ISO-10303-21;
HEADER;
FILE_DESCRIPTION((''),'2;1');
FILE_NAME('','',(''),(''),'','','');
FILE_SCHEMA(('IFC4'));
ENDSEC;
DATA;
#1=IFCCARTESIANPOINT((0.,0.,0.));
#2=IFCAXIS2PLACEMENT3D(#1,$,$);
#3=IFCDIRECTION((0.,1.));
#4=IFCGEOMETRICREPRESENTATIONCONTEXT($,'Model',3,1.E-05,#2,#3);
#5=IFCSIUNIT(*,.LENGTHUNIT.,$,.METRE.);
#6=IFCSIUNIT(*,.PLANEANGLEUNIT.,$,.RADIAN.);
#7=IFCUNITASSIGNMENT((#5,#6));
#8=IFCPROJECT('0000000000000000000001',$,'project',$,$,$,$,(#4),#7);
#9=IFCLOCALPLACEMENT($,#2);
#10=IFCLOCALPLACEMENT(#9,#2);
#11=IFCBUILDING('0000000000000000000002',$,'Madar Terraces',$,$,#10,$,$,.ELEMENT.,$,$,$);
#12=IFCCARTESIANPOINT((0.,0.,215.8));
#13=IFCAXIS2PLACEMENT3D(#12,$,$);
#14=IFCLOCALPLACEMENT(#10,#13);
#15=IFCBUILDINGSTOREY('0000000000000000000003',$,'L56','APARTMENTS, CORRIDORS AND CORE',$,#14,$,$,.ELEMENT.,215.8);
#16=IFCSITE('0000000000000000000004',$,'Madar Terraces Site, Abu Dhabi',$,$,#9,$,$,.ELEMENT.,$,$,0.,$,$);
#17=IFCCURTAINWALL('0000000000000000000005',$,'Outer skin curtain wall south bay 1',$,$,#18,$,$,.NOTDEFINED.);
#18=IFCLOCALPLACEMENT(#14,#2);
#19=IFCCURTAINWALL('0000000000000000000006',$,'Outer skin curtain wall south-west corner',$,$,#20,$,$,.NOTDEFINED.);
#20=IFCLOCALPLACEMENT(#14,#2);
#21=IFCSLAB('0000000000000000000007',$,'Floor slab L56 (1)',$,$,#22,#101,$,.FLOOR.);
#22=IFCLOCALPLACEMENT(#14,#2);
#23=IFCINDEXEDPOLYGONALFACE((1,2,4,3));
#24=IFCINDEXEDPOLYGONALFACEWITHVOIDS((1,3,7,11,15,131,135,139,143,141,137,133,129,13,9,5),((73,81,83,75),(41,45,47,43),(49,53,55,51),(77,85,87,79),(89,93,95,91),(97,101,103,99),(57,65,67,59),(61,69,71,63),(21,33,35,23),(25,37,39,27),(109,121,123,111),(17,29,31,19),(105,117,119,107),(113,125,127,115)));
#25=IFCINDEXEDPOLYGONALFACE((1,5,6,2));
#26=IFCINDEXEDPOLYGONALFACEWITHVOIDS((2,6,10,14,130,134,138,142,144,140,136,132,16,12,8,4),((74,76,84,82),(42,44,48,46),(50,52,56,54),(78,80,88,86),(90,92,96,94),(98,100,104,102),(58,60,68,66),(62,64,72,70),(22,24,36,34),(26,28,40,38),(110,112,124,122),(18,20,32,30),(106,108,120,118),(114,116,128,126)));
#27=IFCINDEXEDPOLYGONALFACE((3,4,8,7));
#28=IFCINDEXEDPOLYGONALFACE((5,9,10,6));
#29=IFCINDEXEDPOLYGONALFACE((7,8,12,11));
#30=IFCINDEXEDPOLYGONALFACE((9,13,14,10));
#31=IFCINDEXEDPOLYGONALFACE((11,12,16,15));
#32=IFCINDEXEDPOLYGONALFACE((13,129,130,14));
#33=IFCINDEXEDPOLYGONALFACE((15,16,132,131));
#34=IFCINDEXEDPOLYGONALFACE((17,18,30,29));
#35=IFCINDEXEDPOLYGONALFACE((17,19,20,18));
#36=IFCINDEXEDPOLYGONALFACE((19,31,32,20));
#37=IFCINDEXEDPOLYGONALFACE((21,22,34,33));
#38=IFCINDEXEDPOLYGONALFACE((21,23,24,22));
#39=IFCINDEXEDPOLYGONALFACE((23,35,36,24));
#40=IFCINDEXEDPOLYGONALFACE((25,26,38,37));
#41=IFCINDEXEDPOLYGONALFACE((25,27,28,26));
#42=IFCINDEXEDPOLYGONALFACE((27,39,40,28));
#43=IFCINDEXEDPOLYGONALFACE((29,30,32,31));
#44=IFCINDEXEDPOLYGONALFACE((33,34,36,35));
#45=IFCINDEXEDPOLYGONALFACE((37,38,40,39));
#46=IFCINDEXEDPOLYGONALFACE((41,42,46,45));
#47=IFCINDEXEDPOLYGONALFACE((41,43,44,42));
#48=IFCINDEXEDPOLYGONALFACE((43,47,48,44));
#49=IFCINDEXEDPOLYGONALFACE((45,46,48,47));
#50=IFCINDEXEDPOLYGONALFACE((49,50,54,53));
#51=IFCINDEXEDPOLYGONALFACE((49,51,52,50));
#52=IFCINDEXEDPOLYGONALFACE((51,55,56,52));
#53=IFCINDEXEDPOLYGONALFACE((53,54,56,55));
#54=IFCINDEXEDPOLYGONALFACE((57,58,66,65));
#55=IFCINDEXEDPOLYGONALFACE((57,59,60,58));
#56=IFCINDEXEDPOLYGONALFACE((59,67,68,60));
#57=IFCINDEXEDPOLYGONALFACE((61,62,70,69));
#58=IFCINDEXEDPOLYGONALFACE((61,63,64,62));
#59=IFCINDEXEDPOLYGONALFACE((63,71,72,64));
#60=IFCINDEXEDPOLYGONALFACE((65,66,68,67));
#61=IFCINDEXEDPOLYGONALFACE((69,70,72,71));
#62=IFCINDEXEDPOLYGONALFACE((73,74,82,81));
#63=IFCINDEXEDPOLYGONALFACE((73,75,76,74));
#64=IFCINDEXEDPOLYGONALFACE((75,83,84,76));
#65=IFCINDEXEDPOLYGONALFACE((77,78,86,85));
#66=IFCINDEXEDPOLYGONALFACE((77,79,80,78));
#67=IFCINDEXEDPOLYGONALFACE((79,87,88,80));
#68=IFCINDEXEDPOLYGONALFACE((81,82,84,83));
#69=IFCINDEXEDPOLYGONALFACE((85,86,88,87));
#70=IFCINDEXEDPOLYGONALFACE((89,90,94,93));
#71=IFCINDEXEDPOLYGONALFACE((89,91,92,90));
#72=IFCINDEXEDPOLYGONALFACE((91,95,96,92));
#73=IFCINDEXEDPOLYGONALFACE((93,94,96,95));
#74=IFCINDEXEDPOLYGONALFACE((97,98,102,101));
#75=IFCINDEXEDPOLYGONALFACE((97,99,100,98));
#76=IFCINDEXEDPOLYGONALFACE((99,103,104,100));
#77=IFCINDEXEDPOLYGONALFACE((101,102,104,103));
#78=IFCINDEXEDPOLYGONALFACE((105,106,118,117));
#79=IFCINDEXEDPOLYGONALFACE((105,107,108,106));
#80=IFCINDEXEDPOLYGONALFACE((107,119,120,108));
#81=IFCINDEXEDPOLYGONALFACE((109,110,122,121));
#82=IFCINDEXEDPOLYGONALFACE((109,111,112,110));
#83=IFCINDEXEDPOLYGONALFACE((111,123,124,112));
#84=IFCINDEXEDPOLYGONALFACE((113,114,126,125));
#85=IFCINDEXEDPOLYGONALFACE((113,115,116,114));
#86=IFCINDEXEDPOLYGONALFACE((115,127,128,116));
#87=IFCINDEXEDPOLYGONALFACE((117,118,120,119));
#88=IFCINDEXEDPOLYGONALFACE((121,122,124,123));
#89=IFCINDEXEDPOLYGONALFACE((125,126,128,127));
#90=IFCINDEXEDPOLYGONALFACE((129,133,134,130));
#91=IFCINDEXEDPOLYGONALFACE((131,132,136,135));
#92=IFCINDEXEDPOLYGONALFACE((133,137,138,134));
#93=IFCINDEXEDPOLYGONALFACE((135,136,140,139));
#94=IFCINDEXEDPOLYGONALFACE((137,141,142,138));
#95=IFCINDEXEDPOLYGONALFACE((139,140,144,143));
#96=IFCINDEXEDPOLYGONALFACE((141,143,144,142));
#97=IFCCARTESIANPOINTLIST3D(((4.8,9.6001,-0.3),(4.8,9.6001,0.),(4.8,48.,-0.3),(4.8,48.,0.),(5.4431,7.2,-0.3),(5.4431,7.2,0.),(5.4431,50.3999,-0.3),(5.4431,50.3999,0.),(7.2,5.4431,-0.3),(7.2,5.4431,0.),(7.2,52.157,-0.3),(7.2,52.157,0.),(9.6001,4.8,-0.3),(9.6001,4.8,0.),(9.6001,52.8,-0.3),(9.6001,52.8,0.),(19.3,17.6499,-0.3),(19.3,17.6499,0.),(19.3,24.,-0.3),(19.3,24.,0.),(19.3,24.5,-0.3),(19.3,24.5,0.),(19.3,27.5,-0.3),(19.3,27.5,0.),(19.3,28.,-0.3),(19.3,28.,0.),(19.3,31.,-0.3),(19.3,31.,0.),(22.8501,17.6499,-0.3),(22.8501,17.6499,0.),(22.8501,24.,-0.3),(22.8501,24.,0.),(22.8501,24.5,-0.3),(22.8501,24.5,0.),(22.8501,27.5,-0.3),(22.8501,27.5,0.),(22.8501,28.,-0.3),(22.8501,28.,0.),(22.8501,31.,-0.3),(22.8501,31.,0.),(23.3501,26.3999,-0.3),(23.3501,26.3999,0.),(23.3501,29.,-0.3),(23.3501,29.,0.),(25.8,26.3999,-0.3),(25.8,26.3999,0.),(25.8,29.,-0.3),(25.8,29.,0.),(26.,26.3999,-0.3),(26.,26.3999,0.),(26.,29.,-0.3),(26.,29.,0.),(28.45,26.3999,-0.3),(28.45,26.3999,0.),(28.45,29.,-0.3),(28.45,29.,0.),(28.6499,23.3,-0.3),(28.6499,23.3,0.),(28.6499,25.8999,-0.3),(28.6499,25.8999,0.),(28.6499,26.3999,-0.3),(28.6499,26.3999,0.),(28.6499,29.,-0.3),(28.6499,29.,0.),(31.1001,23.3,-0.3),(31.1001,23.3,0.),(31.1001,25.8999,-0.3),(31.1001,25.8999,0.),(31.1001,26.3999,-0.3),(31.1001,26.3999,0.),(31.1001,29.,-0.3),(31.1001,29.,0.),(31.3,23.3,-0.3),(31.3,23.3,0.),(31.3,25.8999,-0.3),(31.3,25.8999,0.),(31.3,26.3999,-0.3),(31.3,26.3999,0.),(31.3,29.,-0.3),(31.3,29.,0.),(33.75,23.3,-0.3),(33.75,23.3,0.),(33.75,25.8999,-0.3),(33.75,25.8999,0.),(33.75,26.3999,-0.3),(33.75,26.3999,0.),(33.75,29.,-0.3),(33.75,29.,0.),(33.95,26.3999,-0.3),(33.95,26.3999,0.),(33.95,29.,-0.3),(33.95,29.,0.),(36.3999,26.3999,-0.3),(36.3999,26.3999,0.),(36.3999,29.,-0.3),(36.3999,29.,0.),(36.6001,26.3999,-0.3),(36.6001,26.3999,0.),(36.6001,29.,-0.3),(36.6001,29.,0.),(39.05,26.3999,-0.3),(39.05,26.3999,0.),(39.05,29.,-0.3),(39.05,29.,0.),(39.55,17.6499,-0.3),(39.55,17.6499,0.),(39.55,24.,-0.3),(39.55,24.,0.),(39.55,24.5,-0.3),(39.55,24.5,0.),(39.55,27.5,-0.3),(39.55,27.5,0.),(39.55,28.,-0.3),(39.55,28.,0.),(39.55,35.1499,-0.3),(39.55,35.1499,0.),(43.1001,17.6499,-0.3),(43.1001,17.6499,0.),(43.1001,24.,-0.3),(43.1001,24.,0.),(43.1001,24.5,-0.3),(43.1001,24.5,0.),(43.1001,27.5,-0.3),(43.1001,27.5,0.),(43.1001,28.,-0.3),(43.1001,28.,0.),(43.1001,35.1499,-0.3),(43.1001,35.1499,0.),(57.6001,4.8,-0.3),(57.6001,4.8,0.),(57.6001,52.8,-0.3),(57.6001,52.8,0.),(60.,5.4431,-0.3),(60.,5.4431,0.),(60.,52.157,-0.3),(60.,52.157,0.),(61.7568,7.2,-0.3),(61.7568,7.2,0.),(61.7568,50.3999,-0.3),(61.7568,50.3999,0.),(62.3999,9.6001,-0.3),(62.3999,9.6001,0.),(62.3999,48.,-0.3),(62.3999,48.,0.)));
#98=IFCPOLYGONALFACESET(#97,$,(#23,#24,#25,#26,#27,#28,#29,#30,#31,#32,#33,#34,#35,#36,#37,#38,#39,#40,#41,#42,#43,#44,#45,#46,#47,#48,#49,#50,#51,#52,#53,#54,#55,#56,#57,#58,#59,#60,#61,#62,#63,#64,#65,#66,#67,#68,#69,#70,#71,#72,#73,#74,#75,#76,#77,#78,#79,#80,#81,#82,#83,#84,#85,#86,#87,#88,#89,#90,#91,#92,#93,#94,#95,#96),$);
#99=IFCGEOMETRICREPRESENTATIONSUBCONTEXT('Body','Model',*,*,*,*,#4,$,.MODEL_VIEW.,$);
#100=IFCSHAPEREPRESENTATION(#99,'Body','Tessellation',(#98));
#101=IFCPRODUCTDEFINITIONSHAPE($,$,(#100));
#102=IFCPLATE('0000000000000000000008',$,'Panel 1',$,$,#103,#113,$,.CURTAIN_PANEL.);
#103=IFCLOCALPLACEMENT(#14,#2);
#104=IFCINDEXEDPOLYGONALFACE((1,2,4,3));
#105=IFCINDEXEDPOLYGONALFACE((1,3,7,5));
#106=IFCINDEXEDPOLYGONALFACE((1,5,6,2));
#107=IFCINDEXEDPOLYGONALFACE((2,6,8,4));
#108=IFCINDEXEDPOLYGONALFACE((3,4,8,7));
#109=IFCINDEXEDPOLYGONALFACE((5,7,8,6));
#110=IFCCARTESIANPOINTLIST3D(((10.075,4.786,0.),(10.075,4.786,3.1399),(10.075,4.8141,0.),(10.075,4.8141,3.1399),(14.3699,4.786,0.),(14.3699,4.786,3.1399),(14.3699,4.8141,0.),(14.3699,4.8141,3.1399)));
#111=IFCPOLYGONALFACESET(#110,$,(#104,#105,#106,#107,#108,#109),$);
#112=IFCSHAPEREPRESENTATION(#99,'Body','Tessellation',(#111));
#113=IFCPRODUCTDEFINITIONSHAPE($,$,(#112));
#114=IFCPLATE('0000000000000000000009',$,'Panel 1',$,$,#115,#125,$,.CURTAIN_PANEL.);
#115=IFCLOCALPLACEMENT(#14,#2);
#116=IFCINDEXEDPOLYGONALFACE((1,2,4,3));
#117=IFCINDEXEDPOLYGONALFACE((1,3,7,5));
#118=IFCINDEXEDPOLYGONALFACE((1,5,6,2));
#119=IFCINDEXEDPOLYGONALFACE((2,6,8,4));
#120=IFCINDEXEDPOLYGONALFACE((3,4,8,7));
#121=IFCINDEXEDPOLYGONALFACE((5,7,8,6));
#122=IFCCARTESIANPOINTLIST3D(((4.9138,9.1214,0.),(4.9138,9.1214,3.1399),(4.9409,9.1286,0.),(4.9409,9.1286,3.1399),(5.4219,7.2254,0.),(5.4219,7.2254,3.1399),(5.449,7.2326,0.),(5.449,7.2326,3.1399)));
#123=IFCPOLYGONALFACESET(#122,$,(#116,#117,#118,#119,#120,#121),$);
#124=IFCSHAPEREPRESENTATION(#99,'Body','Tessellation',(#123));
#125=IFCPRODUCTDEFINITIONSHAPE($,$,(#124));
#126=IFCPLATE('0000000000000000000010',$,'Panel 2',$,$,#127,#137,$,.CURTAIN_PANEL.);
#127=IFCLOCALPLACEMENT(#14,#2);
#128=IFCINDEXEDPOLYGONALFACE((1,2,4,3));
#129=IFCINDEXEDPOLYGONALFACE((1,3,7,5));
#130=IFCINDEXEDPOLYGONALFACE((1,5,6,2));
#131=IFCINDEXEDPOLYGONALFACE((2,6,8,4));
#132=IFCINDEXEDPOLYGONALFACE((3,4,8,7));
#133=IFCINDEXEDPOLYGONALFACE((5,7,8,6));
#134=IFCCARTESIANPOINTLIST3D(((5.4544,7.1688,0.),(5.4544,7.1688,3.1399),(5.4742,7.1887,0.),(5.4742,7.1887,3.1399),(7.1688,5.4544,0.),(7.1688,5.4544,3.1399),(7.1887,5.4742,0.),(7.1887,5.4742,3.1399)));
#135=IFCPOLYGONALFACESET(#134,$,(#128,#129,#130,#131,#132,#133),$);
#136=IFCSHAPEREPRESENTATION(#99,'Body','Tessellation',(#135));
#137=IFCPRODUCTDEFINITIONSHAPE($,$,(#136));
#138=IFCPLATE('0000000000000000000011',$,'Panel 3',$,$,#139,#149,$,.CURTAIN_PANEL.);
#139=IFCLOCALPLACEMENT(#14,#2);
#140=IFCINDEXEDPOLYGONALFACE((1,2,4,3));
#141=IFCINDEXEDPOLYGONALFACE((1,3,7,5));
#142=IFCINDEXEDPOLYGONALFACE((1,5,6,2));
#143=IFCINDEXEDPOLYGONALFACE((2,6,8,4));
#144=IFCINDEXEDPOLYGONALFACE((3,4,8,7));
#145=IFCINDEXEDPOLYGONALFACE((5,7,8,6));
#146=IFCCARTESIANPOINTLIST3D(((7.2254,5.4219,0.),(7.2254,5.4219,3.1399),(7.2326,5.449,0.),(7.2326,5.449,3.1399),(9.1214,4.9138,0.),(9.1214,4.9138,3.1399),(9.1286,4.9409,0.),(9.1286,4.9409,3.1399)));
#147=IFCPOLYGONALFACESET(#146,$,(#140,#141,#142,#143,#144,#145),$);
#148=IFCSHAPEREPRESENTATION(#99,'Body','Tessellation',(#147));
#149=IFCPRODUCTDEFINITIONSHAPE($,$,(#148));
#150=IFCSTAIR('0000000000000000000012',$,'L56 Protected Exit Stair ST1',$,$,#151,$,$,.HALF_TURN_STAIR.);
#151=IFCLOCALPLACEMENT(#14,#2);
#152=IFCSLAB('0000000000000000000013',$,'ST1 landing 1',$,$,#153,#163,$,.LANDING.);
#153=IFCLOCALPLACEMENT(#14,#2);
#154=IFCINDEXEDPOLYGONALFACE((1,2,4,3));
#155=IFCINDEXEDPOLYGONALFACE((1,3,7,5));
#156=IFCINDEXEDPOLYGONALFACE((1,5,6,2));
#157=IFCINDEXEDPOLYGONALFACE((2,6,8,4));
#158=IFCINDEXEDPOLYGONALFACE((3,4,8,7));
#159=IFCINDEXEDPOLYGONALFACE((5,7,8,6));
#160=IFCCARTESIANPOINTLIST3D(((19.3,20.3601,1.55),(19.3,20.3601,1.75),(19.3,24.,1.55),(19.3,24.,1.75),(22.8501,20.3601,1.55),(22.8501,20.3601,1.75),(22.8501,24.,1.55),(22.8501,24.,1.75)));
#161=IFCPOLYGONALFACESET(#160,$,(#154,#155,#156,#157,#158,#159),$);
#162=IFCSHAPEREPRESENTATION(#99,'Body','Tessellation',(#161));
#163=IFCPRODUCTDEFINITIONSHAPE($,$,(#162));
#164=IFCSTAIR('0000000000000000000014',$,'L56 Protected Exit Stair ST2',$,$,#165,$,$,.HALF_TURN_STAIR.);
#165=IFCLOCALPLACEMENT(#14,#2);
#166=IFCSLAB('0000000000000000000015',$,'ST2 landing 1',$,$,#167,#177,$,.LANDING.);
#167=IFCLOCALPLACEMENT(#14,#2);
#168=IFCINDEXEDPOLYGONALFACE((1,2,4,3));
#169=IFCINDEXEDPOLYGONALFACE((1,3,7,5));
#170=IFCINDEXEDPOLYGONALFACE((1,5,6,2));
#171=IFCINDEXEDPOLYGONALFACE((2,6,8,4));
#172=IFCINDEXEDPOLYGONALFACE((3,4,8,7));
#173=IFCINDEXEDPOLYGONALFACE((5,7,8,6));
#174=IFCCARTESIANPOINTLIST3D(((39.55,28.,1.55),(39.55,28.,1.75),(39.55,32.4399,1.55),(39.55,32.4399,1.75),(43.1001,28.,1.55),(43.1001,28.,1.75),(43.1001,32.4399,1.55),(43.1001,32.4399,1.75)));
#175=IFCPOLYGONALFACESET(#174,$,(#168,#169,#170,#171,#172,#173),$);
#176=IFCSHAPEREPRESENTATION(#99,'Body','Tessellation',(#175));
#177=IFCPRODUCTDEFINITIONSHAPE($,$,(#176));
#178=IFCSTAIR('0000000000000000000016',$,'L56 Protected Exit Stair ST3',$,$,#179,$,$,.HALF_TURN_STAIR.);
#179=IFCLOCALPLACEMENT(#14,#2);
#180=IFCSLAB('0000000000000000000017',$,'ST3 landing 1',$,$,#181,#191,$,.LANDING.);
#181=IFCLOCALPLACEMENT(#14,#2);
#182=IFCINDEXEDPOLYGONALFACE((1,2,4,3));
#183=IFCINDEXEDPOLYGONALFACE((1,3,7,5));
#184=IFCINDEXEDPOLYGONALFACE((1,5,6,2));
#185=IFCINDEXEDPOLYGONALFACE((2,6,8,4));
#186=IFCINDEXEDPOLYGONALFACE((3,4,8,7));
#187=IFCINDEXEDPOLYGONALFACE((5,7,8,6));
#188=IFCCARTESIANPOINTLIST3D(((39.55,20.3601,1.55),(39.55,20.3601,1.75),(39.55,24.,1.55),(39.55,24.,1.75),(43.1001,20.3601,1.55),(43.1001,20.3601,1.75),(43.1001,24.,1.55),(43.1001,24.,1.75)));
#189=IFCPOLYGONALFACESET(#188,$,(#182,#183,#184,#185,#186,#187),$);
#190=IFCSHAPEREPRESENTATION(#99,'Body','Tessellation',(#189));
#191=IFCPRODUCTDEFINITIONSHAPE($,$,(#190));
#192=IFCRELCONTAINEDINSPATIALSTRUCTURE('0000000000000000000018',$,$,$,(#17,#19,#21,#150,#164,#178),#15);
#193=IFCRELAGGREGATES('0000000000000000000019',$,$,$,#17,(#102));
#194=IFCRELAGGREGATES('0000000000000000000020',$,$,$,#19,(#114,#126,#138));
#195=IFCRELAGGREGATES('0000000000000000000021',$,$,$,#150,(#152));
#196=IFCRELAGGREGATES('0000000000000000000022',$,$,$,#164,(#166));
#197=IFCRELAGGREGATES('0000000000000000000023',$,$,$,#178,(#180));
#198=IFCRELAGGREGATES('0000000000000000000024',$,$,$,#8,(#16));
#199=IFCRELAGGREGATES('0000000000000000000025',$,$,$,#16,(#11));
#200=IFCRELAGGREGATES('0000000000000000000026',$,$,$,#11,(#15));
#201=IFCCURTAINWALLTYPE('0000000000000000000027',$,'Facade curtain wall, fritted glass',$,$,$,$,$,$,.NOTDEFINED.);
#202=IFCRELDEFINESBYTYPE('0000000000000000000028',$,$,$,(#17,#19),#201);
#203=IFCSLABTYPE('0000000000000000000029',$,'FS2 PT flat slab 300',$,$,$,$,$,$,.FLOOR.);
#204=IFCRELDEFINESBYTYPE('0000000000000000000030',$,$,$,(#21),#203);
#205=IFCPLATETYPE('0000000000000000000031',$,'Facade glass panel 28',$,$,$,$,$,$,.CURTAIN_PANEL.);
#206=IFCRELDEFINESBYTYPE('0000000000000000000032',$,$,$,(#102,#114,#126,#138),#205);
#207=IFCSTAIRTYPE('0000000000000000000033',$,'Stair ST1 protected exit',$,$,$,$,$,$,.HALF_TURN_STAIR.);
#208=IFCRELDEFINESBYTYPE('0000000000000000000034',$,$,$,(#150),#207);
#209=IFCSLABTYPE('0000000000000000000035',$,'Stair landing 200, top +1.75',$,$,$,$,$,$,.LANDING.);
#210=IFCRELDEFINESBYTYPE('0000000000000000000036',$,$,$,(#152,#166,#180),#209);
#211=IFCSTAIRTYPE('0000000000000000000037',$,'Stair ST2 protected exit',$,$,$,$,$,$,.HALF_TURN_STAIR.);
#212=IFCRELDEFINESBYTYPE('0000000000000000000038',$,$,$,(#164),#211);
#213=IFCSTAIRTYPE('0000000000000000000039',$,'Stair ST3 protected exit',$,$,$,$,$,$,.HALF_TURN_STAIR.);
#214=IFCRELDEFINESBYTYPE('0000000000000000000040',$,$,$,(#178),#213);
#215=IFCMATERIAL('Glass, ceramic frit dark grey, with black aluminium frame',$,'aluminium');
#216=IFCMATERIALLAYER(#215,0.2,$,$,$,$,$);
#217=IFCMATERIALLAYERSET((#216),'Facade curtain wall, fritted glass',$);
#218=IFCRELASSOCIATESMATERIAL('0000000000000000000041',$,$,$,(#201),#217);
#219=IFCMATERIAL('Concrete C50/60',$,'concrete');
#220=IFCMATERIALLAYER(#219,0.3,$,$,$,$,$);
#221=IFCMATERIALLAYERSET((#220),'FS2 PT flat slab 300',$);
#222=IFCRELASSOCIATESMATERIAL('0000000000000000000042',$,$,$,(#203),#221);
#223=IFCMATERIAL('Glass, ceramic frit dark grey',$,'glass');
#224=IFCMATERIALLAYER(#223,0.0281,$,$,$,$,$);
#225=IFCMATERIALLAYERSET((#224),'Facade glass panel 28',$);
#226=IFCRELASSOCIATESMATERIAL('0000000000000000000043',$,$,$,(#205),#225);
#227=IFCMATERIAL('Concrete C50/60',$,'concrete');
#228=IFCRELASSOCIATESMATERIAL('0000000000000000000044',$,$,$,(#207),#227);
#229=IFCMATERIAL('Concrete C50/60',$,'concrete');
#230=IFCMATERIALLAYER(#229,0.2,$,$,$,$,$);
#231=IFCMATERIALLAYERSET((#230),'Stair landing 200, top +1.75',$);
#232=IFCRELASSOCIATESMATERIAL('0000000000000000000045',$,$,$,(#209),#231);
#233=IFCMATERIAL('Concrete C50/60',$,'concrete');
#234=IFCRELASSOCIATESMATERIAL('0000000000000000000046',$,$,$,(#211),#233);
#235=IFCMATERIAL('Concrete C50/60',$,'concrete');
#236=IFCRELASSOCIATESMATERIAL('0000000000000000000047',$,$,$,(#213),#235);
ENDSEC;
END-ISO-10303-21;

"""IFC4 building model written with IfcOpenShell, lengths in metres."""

from ifc_helpers import new_model, si_unit, direction, frame, origin, origin_2d, place, context, subcontext, project, spatial, polyline, rectangle, outline, extrude, material, layer, layer_set, type_object, element, aggregate, save


model = new_model("IFC4")

# Units and contexts
model_context = context("Model", 3, precision=1e-05, world=origin(), true_north=direction((0.0, 1.0)))
body_context = subcontext(model_context, "Body", "Model", "MODEL_VIEW")
ifc_project = project(units=[si_unit("LENGTHUNIT", "METRE"), si_unit("PLANEANGLEUNIT", "RADIAN")], contexts=[model_context])

# Site, building, storey
site_placement = place(None, origin())
site = spatial("IfcSite", under=ifc_project, at=site_placement, Name="Madar Terraces Site, Abu Dhabi", CompositionType="ELEMENT", RefElevation=0.0)
building_placement = place(site_placement, origin())
building = spatial("IfcBuilding", under=site, at=building_placement, Name="Madar Terraces", CompositionType="ELEMENT")
storey_placement = place(building_placement, frame((0.0, 0.0, 215.8)))
storey = spatial("IfcBuildingStorey", under=building, at=storey_placement, Name="L56", Description="APARTMENTS, CORRIDORS AND CORE", CompositionType="ELEMENT", Elevation=215.8)

# Curtain wall
ifc_material_1 = material(Name="Glass, ceramic frit dark grey, with black aluminium frame", Category="aluminium")
ifc_layer_1 = layer(ifc_material_1, 0.2)
ifc_layer_set_1 = layer_set([ifc_layer_1], Name="Facade curtain wall, fritted glass")
curtain_wall_type = type_object("IfcCurtainWallType", Name="Facade curtain wall, fritted glass", PredefinedType="NOTDEFINED", material=ifc_layer_set_1)
curtain_wall_1_placement = place(storey_placement, origin())
curtain_wall_1 = element("IfcCurtainWall", 1, at=curtain_wall_1_placement, inside=storey, type_object=curtain_wall_type, Name="Outer skin curtain wall south bay 1", PredefinedType="NOTDEFINED")

# Curtain wall
curtain_wall_2_placement = place(storey_placement, origin())
curtain_wall_2 = element("IfcCurtainWall", 2, at=curtain_wall_2_placement, inside=storey, type_object=curtain_wall_type, Name="Outer skin curtain wall south-west corner", PredefinedType="NOTDEFINED")

# Slab
ifc_material_2 = material(Name="Concrete C50/60", Category="concrete")
ifc_layer_2 = layer(ifc_material_2, 0.3)
ifc_layer_set_2 = layer_set([ifc_layer_2], Name="FS2 PT flat slab 300")
slab_type_1 = type_object("IfcSlabType", Name="FS2 PT flat slab 300", PredefinedType="FLOOR", material=ifc_layer_set_2)
slab_1_placement = place(storey_placement, frame((0.0, 0.0, -0.3)))
element("IfcSlab", 3, at=slab_1_placement, inside=storey, type_object=slab_type_1, Name="Floor slab L56 (1)", PredefinedType="FLOOR", context=body_context, shape_type="SweptSolid", body=[
    extrude(outline(polyline([(57.6001, 4.8), (60.0, 5.4431), (61.7568, 7.2), (62.3999, 9.6001), (62.3999, 48.0), (61.7568, 50.3999), (60.0, 52.157), (57.6001, 52.8), (9.6001, 52.8), (7.2, 52.157), (5.4431, 50.3999), (4.8, 48.0), (4.8, 9.6001), (5.4431, 7.2), (7.2, 5.4431), (9.6001, 4.8), (57.6001, 4.8)]), holes=[polyline([(22.8501, 17.6499), (19.3, 17.6499), (19.3, 24.0), (22.8501, 24.0), (22.8501, 17.6499)]), polyline([(28.6499, 23.3), (28.6499, 25.8999), (31.1001, 25.8999), (31.1001, 23.3), (28.6499, 23.3)]), polyline([(19.3, 24.5), (19.3, 27.5), (22.8501, 27.5), (22.8501, 24.5), (19.3, 24.5)]), polyline([(23.3501, 26.3999), (23.3501, 29.0), (25.8, 29.0), (25.8, 26.3999), (23.3501, 26.3999)]), polyline([(26.0, 26.3999), (26.0, 29.0), (28.45, 29.0), (28.45, 26.3999), (26.0, 26.3999)]), polyline([(28.6499, 26.3999), (28.6499, 29.0), (31.1001, 29.0), (31.1001, 26.3999), (28.6499, 26.3999)]), polyline([(19.3, 28.0), (19.3, 31.0), (22.8501, 31.0), (22.8501, 28.0), (19.3, 28.0)]), polyline([(43.1001, 17.6499), (39.55, 17.6499), (39.55, 24.0), (43.1001, 24.0), (43.1001, 17.6499)]), polyline([(31.3, 23.3), (31.3, 25.8999), (33.75, 25.8999), (33.75, 23.3), (31.3, 23.3)]), polyline([(39.55, 24.5), (39.55, 27.5), (43.1001, 27.5), (43.1001, 24.5), (39.55, 24.5)]), polyline([(31.3, 26.3999), (31.3, 29.0), (33.75, 29.0), (33.75, 26.3999), (31.3, 26.3999)]), polyline([(33.95, 26.3999), (33.95, 29.0), (36.3999, 29.0), (36.3999, 26.3999), (33.95, 26.3999)]), polyline([(36.6001, 26.3999), (36.6001, 29.0), (39.05, 29.0), (39.05, 26.3999), (36.6001, 26.3999)]), polyline([(39.55, 28.0), (39.55, 35.1499), (43.1001, 35.1499), (43.1001, 28.0), (39.55, 28.0)])]), origin(), (0.0, 0.0, 1.0), 0.3),
])

# Plates
ifc_material_3 = material(Name="Glass, ceramic frit dark grey", Category="glass")
ifc_layer_3 = layer(ifc_material_3, 0.0281)
ifc_layer_set_3 = layer_set([ifc_layer_3], Name="Facade glass panel 28")
plate_type = type_object("IfcPlateType", Name="Facade glass panel 28", PredefinedType="CURTAIN_PANEL", material=ifc_layer_set_3)
plate_1_placement = place(storey_placement, frame((12.2224, 4.8, 0.0), z_axis=(0.0, 0.0, 1.0), x_axis=(1.0, 0.0, 0.0)))
plate_1 = element("IfcPlate", 4, at=plate_1_placement, type_object=plate_type, Name="Panel 1", PredefinedType="CURTAIN_PANEL", context=body_context, shape_type="SweptSolid", body=[
    extrude(rectangle(XDim=4.2949, YDim=0.0281, at=origin_2d()), origin(), (0.0, 0.0, 1.0), 3.1399),
])
aggregate(curtain_wall_1, [plate_1])
plate_2_placement = place(storey_placement, frame((5.1814, 8.177, 0.0), z_axis=(0.0, 0.0, 1.0), x_axis=(0.258819, -0.965926, 0.0)))
plate_2 = element("IfcPlate", 5, at=plate_2_placement, type_object=plate_type, Name="Panel 1", PredefinedType="CURTAIN_PANEL", context=body_context, shape_type="SweptSolid", body=[
    extrude(rectangle(XDim=1.9629, YDim=0.0281, at=origin_2d()), origin(), (0.0, 0.0, 1.0), 3.1399),
])
plate_3_placement = place(storey_placement, frame((6.3215, 6.3215, 0.0), z_axis=(0.0, 0.0, 1.0), x_axis=(0.707107, -0.707107, 0.0)))
plate_3 = element("IfcPlate", 6, at=plate_3_placement, type_object=plate_type, Name="Panel 2", PredefinedType="CURTAIN_PANEL", context=body_context, shape_type="SweptSolid", body=[
    extrude(rectangle(XDim=2.4246, YDim=0.0281, at=origin_2d()), origin(), (0.0, 0.0, 1.0), 3.1399),
])
plate_4_placement = place(storey_placement, frame((8.177, 5.1814, 0.0), z_axis=(0.0, 0.0, 1.0), x_axis=(0.965926, -0.258819, 0.0)))
plate_4 = element("IfcPlate", 7, at=plate_4_placement, type_object=plate_type, Name="Panel 3", PredefinedType="CURTAIN_PANEL", context=body_context, shape_type="SweptSolid", body=[
    extrude(rectangle(XDim=1.9629, YDim=0.0281, at=origin_2d()), origin(), (0.0, 0.0, 1.0), 3.1399),
])
aggregate(curtain_wall_2, [plate_2, plate_3, plate_4])

# Stairs, slabs
ifc_material_4 = material(Name="Concrete C50/60", Category="concrete")
stair_type_1 = type_object("IfcStairType", Name="Stair ST1 protected exit", PredefinedType="HALF_TURN_STAIR", material=ifc_material_4)
stair_1_placement = place(storey_placement, origin())
stair_1 = element("IfcStair", 8, at=stair_1_placement, inside=storey, type_object=stair_type_1, Name="L56 Protected Exit Stair ST1", PredefinedType="HALF_TURN_STAIR")
ifc_material_5 = material(Name="Concrete C50/60", Category="concrete")
ifc_layer_4 = layer(ifc_material_5, 0.2)
ifc_layer_set_4 = layer_set([ifc_layer_4], Name="Stair landing 200, top +1.75")
slab_type_2 = type_object("IfcSlabType", Name="Stair landing 200, top +1.75", PredefinedType="LANDING", material=ifc_layer_set_4)
slab_2_placement = place(storey_placement, frame((0.0, 0.0, 1.55)))
slab_2 = element("IfcSlab", 9, at=slab_2_placement, type_object=slab_type_2, Name="ST1 landing 1", PredefinedType="LANDING", context=body_context, shape_type="SweptSolid", body=[
    extrude(outline(polyline([(19.3, 20.3601), (22.8501, 20.3601), (22.8501, 24.0), (19.3, 24.0), (19.3, 20.3601)])), origin(), (0.0, 0.0, 1.0), 0.2),
])
aggregate(stair_1, [slab_2])
ifc_material_6 = material(Name="Concrete C50/60", Category="concrete")
stair_type_2 = type_object("IfcStairType", Name="Stair ST2 protected exit", PredefinedType="HALF_TURN_STAIR", material=ifc_material_6)
stair_2_placement = place(storey_placement, origin())
stair_2 = element("IfcStair", 10, at=stair_2_placement, inside=storey, type_object=stair_type_2, Name="L56 Protected Exit Stair ST2", PredefinedType="HALF_TURN_STAIR")
slab_3_placement = place(storey_placement, frame((0.0, 0.0, 1.55)))
slab_3 = element("IfcSlab", 11, at=slab_3_placement, type_object=slab_type_2, Name="ST2 landing 1", PredefinedType="LANDING", context=body_context, shape_type="SweptSolid", body=[
    extrude(outline(polyline([(39.55, 28.0), (43.1001, 28.0), (43.1001, 32.4399), (39.55, 32.4399), (39.55, 28.0)])), origin(), (0.0, 0.0, 1.0), 0.2),
])
aggregate(stair_2, [slab_3])
ifc_material_7 = material(Name="Concrete C50/60", Category="concrete")
stair_type_3 = type_object("IfcStairType", Name="Stair ST3 protected exit", PredefinedType="HALF_TURN_STAIR", material=ifc_material_7)
stair_3_placement = place(storey_placement, origin())
stair_3 = element("IfcStair", 12, at=stair_3_placement, inside=storey, type_object=stair_type_3, Name="L56 Protected Exit Stair ST3", PredefinedType="HALF_TURN_STAIR")
slab_4_placement = place(storey_placement, frame((0.0, 0.0, 1.55)))
slab_4 = element("IfcSlab", 13, at=slab_4_placement, type_object=slab_type_2, Name="ST3 landing 1", PredefinedType="LANDING", context=body_context, shape_type="SweptSolid", body=[
    extrude(outline(polyline([(39.55, 20.3601), (43.1001, 20.3601), (43.1001, 24.0), (39.55, 24.0), (39.55, 20.3601)])), origin(), (0.0, 0.0, 1.0), 0.2),
])
aggregate(stair_3, [slab_4])

save(model, "model.ifc")
